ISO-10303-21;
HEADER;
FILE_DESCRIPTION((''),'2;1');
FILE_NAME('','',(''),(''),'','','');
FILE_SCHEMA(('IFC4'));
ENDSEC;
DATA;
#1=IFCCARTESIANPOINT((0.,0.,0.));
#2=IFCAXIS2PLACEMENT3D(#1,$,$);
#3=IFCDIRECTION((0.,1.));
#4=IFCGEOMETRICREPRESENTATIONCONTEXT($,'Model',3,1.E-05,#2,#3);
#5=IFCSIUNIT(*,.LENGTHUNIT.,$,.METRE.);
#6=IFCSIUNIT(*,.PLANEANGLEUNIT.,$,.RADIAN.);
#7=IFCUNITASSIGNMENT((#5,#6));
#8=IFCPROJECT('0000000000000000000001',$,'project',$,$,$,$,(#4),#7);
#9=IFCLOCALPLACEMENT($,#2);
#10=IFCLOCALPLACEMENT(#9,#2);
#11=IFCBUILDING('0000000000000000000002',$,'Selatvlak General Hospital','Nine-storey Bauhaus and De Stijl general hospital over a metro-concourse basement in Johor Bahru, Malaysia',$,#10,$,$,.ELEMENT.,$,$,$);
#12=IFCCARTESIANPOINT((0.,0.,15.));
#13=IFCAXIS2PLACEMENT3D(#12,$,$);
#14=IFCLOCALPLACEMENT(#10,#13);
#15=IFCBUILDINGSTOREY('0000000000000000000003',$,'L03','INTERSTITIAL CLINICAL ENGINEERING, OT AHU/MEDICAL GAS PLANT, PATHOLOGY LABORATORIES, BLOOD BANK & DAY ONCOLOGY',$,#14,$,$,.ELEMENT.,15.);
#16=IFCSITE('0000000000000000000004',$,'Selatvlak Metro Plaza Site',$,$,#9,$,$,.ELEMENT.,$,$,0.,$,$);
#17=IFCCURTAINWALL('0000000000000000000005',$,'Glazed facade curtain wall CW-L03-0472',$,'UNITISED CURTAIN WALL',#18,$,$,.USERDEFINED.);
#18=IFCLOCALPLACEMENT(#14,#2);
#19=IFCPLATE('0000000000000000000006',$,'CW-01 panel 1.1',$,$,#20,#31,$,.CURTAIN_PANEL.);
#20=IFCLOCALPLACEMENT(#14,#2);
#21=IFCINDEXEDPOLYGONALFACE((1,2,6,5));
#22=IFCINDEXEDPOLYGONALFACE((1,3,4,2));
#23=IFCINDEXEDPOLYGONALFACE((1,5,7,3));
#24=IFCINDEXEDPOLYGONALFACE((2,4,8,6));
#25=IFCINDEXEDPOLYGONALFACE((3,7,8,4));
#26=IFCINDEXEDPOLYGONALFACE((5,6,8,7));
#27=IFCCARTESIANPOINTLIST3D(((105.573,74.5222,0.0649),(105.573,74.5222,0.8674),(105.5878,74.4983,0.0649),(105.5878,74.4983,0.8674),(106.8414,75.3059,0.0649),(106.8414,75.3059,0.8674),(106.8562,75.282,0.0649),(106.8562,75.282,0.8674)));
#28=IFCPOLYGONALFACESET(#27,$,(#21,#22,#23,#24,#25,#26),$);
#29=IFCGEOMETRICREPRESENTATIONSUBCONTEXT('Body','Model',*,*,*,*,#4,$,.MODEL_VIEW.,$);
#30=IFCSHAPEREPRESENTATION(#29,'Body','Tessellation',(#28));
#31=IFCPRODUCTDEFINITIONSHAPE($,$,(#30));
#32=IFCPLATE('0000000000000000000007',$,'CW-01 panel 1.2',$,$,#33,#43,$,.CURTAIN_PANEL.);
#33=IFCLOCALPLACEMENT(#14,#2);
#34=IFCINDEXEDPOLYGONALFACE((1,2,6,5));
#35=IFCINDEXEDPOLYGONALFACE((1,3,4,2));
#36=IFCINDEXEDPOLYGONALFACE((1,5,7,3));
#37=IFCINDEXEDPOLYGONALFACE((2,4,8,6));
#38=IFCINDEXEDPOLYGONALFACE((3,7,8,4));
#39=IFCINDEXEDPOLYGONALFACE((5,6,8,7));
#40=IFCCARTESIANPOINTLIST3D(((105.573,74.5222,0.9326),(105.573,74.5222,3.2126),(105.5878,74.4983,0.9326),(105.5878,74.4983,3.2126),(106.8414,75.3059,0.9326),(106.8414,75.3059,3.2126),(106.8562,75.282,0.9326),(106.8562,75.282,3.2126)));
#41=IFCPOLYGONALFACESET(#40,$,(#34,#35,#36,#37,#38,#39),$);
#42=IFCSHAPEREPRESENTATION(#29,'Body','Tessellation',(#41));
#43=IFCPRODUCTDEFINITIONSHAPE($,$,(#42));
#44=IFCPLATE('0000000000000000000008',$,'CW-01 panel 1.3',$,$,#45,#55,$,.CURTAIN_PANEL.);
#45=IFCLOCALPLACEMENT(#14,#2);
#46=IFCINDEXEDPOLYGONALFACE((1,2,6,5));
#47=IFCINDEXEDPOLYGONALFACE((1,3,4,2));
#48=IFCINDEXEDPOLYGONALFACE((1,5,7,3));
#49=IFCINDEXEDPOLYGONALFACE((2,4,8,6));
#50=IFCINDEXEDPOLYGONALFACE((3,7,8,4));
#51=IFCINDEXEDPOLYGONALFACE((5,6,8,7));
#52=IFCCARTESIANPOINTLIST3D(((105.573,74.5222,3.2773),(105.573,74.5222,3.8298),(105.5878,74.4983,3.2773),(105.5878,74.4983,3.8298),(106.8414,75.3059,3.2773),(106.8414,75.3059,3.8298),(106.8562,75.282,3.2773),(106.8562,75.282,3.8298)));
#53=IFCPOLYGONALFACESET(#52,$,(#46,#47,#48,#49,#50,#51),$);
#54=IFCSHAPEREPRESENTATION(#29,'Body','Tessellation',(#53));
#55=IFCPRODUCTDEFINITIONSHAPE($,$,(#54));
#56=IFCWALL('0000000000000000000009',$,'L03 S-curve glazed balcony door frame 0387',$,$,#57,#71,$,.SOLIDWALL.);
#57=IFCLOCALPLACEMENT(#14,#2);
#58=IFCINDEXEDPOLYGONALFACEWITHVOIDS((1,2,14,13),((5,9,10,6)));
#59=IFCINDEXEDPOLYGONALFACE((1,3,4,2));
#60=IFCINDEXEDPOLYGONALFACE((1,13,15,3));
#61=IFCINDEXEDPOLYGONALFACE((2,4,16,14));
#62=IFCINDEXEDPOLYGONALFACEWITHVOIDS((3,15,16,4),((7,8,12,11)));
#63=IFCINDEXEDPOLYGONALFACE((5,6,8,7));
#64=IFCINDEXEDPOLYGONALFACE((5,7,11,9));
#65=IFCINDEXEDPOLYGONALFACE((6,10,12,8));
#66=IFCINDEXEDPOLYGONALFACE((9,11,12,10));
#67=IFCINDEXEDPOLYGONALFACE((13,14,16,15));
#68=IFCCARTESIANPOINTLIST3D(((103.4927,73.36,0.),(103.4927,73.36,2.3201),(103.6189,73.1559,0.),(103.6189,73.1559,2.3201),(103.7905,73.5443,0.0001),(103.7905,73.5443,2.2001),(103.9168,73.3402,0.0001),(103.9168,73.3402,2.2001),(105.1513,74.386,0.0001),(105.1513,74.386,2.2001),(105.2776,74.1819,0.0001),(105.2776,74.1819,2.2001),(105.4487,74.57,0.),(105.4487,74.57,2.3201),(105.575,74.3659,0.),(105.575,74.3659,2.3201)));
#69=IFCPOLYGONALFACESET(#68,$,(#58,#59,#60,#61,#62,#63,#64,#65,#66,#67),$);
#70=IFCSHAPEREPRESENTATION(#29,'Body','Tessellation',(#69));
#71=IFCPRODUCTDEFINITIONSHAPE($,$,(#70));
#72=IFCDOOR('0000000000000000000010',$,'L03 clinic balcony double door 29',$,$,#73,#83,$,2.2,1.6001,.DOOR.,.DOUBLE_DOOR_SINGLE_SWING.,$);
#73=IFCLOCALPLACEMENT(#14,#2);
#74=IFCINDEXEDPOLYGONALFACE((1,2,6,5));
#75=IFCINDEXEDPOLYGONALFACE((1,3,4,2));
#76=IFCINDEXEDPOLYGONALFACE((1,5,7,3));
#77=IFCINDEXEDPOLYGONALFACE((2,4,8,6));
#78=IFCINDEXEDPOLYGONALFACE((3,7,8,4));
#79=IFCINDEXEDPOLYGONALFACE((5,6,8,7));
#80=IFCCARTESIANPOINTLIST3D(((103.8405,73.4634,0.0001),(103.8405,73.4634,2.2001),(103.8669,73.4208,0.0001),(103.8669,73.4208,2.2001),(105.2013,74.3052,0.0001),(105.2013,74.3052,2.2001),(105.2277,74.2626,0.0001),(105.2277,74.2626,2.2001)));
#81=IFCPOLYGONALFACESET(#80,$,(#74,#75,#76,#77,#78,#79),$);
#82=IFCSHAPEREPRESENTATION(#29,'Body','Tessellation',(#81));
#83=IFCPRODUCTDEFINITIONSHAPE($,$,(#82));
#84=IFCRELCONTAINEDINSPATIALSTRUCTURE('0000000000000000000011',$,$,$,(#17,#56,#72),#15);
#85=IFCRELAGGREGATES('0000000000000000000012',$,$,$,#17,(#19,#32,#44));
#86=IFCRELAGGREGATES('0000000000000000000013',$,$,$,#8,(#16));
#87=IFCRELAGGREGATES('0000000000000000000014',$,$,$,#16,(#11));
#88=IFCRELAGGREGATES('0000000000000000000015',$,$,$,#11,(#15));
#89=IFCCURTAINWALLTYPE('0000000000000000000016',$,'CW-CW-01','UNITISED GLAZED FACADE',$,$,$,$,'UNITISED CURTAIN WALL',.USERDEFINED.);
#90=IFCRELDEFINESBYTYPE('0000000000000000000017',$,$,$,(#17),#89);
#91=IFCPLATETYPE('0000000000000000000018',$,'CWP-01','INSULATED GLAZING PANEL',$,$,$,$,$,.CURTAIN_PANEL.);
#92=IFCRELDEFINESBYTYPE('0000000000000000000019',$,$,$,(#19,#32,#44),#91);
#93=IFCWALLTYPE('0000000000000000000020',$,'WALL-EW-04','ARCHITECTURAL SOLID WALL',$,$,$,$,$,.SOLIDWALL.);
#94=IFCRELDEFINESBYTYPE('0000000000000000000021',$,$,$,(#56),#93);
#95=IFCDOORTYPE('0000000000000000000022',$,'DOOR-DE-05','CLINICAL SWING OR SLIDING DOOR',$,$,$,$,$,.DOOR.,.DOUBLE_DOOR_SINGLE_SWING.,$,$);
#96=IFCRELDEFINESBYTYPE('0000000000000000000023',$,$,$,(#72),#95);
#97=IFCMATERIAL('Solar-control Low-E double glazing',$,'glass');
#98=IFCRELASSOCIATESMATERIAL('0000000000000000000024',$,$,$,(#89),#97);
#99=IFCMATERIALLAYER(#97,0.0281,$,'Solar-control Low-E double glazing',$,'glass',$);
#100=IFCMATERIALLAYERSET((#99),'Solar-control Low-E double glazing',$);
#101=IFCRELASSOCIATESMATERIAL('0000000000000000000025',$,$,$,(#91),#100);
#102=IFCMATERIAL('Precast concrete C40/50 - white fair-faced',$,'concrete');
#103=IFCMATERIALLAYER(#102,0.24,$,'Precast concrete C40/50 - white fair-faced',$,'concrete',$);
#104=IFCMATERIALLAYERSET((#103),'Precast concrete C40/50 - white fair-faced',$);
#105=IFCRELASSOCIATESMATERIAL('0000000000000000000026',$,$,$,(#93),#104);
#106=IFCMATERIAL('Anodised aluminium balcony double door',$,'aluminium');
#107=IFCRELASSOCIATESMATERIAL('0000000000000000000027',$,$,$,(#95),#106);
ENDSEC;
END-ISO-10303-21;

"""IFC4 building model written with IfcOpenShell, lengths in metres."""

from ifc_helpers import new_model, si_unit, direction, frame, frame_2d, origin, origin_2d, place, context, subcontext, project, spatial, rectangle, extrude, material, layer, layer_set, type_object, element, fill, aggregate, save


model = new_model("IFC4")

# Units and contexts
model_context = context("Model", 3, precision=1e-05, world=origin(), true_north=direction((0.0, 1.0)))
body_context = subcontext(model_context, "Body", "Model", "MODEL_VIEW")
ifc_project = project(units=[si_unit("LENGTHUNIT", "METRE"), si_unit("PLANEANGLEUNIT", "RADIAN")], contexts=[model_context])

# Site, building, storey
site_placement = place(None, origin())
site = spatial("IfcSite", under=ifc_project, at=site_placement, Name="Selatvlak Metro Plaza Site", CompositionType="ELEMENT", RefElevation=0.0)
building_placement = place(site_placement, origin())
building = spatial("IfcBuilding", under=site, at=building_placement, Name="Selatvlak General Hospital", Description="Nine-storey Bauhaus and De Stijl general hospital over a metro-concourse basement in Johor Bahru, Malaysia", CompositionType="ELEMENT")
storey_placement = place(building_placement, frame((0.0, 0.0, 15.0)))
storey = spatial("IfcBuildingStorey", under=building, at=storey_placement, Name="L03", Description="INTERSTITIAL CLINICAL ENGINEERING, OT AHU/MEDICAL GAS PLANT, PATHOLOGY LABORATORIES, BLOOD BANK & DAY ONCOLOGY", CompositionType="ELEMENT", Elevation=15.0)

# Shared definitions
ifc_material_1 = material(Name="Solar-control Low-E double glazing", Category="glass")

# Curtain wall
curtain_wall_type_1 = type_object("IfcCurtainWallType", Name="CW-CW-01", Description="UNITISED GLAZED FACADE", ElementType="UNITISED CURTAIN WALL", PredefinedType="USERDEFINED", material=ifc_material_1)
curtain_wall_1_placement = place(storey_placement, origin())
curtain_wall_1 = element("IfcCurtainWall", 1, at=curtain_wall_1_placement, inside=storey, type_object=curtain_wall_type_1, Name="Glazed facade curtain wall CW-L03-0472", ObjectType="UNITISED CURTAIN WALL", PredefinedType="USERDEFINED")

# Plates
ifc_layer_1 = layer(ifc_material_1, 0.0281, Name="Solar-control Low-E double glazing", Category="glass")
ifc_layer_set_1 = layer_set([ifc_layer_1], Name="Solar-control Low-E double glazing")
plate_type = type_object("IfcPlateType", Name="CWP-01", Description="INSULATED GLAZING PANEL", PredefinedType="CURTAIN_PANEL", material=ifc_layer_set_1)
plate_1_placement = place(storey_placement, frame((106.2146, 74.9021, 0.0649), z_axis=(0.0, 0.0, 1.0), x_axis=(0.850725, 0.525611, 0.0)))
plate_1 = element("IfcPlate", 2, at=plate_1_placement, type_object=plate_type, Name="CW-01 panel 1.1", PredefinedType="CURTAIN_PANEL", context=body_context, shape_type="SweptSolid", body=[
    extrude(rectangle(XDim=1.491, YDim=0.0281, at=origin_2d()), origin(), (0.0, 0.0, 1.0), 0.8025),
])
plate_2_placement = place(storey_placement, frame((106.2146, 74.9021, 0.9326), z_axis=(0.0, 0.0, 1.0), x_axis=(0.850725, 0.525611, 0.0)))
plate_2 = element("IfcPlate", 3, at=plate_2_placement, type_object=plate_type, Name="CW-01 panel 1.2", PredefinedType="CURTAIN_PANEL", context=body_context, shape_type="SweptSolid", body=[
    extrude(rectangle(XDim=1.491, YDim=0.0281, at=origin_2d()), origin(), (0.0, 0.0, 1.0), 2.28),
])
plate_3_placement = place(storey_placement, frame((106.2146, 74.9021, 3.2773), z_axis=(0.0, 0.0, 1.0), x_axis=(0.850725, 0.525611, 0.0)))
plate_3 = element("IfcPlate", 4, at=plate_3_placement, type_object=plate_type, Name="CW-01 panel 1.3", PredefinedType="CURTAIN_PANEL", context=body_context, shape_type="SweptSolid", body=[
    extrude(rectangle(XDim=1.491, YDim=0.0281, at=origin_2d()), origin(), (0.0, 0.0, 1.0), 0.5525),
])
aggregate(curtain_wall_1, [plate_1, plate_2, plate_3])

# Wall, opening, door
ifc_material_2 = material(Name="Precast concrete C40/50 - white fair-faced", Category="concrete")
ifc_layer_2 = layer(ifc_material_2, 0.24, Name="Precast concrete C40/50 - white fair-faced", Category="concrete")
ifc_layer_set_2 = layer_set([ifc_layer_2], Name="Precast concrete C40/50 - white fair-faced")
wall_type = type_object("IfcWallType", Name="WALL-EW-04", Description="ARCHITECTURAL SOLID WALL", PredefinedType="SOLIDWALL", material=ifc_layer_set_2)
wall_placement = place(storey_placement, frame((103.5559, 73.2581, 0.0), z_axis=(0.0, 0.0, 1.0), x_axis=(0.850446, 0.526062, 0.0)))
wall = element("IfcWall", 5, at=wall_placement, inside=storey, type_object=wall_type, Name="L03 S-curve glazed balcony door frame 0387", PredefinedType="SOLIDWALL", context=body_context, shape_type="SweptSolid", body=[
    extrude(rectangle(XDim=2.3, YDim=0.24, at=frame_2d((1.1499, 0.0))), origin(), (0.0, 0.0, 1.0), 2.3201),
])
opening_placement = place(wall_placement, frame((0.3501, 0.0, 0.0)))
opening = element("IfcOpeningElement", 6, at=opening_placement, cuts=wall, PredefinedType="OPENING", context=body_context, shape_type="SweptSolid", body=[
    extrude(rectangle(XDim=1.6001, YDim=2.2, at=frame_2d((0.8, 1.1001))), frame((0.0, 0.1299, 0.0), z_axis=(0.0, -1.0, 0.0), x_axis=(1.0, 0.0, 0.0)), (0.0, 0.0, 1.0), 0.26),
])
ifc_material_3 = material(Name="Anodised aluminium balcony double door", Category="aluminium")
door_type = type_object("IfcDoorType", Name="DOOR-DE-05", Description="CLINICAL SWING OR SLIDING DOOR", OperationType="DOUBLE_DOOR_SINGLE_SWING", PredefinedType="DOOR", material=ifc_material_3)
door_placement = place(opening_placement, origin())
door = element("IfcDoor", 7, at=door_placement, inside=storey, type_object=door_type, Name="L03 clinic balcony double door 29", OperationType="DOUBLE_DOOR_SINGLE_SWING", OverallHeight=2.2, OverallWidth=1.6001, PredefinedType="DOOR", context=body_context, shape_type="SweptSolid", body=[
    extrude(rectangle(XDim=1.6001, YDim=2.2, at=frame_2d((0.8, 1.1001))), frame((0.0, 0.0249, 0.0), z_axis=(0.0, -1.0, 0.0), x_axis=(1.0, 0.0, 0.0)), (0.0, 0.0, 1.0), 0.05),
])
fill(opening, door)

save(model, "model.ifc")
